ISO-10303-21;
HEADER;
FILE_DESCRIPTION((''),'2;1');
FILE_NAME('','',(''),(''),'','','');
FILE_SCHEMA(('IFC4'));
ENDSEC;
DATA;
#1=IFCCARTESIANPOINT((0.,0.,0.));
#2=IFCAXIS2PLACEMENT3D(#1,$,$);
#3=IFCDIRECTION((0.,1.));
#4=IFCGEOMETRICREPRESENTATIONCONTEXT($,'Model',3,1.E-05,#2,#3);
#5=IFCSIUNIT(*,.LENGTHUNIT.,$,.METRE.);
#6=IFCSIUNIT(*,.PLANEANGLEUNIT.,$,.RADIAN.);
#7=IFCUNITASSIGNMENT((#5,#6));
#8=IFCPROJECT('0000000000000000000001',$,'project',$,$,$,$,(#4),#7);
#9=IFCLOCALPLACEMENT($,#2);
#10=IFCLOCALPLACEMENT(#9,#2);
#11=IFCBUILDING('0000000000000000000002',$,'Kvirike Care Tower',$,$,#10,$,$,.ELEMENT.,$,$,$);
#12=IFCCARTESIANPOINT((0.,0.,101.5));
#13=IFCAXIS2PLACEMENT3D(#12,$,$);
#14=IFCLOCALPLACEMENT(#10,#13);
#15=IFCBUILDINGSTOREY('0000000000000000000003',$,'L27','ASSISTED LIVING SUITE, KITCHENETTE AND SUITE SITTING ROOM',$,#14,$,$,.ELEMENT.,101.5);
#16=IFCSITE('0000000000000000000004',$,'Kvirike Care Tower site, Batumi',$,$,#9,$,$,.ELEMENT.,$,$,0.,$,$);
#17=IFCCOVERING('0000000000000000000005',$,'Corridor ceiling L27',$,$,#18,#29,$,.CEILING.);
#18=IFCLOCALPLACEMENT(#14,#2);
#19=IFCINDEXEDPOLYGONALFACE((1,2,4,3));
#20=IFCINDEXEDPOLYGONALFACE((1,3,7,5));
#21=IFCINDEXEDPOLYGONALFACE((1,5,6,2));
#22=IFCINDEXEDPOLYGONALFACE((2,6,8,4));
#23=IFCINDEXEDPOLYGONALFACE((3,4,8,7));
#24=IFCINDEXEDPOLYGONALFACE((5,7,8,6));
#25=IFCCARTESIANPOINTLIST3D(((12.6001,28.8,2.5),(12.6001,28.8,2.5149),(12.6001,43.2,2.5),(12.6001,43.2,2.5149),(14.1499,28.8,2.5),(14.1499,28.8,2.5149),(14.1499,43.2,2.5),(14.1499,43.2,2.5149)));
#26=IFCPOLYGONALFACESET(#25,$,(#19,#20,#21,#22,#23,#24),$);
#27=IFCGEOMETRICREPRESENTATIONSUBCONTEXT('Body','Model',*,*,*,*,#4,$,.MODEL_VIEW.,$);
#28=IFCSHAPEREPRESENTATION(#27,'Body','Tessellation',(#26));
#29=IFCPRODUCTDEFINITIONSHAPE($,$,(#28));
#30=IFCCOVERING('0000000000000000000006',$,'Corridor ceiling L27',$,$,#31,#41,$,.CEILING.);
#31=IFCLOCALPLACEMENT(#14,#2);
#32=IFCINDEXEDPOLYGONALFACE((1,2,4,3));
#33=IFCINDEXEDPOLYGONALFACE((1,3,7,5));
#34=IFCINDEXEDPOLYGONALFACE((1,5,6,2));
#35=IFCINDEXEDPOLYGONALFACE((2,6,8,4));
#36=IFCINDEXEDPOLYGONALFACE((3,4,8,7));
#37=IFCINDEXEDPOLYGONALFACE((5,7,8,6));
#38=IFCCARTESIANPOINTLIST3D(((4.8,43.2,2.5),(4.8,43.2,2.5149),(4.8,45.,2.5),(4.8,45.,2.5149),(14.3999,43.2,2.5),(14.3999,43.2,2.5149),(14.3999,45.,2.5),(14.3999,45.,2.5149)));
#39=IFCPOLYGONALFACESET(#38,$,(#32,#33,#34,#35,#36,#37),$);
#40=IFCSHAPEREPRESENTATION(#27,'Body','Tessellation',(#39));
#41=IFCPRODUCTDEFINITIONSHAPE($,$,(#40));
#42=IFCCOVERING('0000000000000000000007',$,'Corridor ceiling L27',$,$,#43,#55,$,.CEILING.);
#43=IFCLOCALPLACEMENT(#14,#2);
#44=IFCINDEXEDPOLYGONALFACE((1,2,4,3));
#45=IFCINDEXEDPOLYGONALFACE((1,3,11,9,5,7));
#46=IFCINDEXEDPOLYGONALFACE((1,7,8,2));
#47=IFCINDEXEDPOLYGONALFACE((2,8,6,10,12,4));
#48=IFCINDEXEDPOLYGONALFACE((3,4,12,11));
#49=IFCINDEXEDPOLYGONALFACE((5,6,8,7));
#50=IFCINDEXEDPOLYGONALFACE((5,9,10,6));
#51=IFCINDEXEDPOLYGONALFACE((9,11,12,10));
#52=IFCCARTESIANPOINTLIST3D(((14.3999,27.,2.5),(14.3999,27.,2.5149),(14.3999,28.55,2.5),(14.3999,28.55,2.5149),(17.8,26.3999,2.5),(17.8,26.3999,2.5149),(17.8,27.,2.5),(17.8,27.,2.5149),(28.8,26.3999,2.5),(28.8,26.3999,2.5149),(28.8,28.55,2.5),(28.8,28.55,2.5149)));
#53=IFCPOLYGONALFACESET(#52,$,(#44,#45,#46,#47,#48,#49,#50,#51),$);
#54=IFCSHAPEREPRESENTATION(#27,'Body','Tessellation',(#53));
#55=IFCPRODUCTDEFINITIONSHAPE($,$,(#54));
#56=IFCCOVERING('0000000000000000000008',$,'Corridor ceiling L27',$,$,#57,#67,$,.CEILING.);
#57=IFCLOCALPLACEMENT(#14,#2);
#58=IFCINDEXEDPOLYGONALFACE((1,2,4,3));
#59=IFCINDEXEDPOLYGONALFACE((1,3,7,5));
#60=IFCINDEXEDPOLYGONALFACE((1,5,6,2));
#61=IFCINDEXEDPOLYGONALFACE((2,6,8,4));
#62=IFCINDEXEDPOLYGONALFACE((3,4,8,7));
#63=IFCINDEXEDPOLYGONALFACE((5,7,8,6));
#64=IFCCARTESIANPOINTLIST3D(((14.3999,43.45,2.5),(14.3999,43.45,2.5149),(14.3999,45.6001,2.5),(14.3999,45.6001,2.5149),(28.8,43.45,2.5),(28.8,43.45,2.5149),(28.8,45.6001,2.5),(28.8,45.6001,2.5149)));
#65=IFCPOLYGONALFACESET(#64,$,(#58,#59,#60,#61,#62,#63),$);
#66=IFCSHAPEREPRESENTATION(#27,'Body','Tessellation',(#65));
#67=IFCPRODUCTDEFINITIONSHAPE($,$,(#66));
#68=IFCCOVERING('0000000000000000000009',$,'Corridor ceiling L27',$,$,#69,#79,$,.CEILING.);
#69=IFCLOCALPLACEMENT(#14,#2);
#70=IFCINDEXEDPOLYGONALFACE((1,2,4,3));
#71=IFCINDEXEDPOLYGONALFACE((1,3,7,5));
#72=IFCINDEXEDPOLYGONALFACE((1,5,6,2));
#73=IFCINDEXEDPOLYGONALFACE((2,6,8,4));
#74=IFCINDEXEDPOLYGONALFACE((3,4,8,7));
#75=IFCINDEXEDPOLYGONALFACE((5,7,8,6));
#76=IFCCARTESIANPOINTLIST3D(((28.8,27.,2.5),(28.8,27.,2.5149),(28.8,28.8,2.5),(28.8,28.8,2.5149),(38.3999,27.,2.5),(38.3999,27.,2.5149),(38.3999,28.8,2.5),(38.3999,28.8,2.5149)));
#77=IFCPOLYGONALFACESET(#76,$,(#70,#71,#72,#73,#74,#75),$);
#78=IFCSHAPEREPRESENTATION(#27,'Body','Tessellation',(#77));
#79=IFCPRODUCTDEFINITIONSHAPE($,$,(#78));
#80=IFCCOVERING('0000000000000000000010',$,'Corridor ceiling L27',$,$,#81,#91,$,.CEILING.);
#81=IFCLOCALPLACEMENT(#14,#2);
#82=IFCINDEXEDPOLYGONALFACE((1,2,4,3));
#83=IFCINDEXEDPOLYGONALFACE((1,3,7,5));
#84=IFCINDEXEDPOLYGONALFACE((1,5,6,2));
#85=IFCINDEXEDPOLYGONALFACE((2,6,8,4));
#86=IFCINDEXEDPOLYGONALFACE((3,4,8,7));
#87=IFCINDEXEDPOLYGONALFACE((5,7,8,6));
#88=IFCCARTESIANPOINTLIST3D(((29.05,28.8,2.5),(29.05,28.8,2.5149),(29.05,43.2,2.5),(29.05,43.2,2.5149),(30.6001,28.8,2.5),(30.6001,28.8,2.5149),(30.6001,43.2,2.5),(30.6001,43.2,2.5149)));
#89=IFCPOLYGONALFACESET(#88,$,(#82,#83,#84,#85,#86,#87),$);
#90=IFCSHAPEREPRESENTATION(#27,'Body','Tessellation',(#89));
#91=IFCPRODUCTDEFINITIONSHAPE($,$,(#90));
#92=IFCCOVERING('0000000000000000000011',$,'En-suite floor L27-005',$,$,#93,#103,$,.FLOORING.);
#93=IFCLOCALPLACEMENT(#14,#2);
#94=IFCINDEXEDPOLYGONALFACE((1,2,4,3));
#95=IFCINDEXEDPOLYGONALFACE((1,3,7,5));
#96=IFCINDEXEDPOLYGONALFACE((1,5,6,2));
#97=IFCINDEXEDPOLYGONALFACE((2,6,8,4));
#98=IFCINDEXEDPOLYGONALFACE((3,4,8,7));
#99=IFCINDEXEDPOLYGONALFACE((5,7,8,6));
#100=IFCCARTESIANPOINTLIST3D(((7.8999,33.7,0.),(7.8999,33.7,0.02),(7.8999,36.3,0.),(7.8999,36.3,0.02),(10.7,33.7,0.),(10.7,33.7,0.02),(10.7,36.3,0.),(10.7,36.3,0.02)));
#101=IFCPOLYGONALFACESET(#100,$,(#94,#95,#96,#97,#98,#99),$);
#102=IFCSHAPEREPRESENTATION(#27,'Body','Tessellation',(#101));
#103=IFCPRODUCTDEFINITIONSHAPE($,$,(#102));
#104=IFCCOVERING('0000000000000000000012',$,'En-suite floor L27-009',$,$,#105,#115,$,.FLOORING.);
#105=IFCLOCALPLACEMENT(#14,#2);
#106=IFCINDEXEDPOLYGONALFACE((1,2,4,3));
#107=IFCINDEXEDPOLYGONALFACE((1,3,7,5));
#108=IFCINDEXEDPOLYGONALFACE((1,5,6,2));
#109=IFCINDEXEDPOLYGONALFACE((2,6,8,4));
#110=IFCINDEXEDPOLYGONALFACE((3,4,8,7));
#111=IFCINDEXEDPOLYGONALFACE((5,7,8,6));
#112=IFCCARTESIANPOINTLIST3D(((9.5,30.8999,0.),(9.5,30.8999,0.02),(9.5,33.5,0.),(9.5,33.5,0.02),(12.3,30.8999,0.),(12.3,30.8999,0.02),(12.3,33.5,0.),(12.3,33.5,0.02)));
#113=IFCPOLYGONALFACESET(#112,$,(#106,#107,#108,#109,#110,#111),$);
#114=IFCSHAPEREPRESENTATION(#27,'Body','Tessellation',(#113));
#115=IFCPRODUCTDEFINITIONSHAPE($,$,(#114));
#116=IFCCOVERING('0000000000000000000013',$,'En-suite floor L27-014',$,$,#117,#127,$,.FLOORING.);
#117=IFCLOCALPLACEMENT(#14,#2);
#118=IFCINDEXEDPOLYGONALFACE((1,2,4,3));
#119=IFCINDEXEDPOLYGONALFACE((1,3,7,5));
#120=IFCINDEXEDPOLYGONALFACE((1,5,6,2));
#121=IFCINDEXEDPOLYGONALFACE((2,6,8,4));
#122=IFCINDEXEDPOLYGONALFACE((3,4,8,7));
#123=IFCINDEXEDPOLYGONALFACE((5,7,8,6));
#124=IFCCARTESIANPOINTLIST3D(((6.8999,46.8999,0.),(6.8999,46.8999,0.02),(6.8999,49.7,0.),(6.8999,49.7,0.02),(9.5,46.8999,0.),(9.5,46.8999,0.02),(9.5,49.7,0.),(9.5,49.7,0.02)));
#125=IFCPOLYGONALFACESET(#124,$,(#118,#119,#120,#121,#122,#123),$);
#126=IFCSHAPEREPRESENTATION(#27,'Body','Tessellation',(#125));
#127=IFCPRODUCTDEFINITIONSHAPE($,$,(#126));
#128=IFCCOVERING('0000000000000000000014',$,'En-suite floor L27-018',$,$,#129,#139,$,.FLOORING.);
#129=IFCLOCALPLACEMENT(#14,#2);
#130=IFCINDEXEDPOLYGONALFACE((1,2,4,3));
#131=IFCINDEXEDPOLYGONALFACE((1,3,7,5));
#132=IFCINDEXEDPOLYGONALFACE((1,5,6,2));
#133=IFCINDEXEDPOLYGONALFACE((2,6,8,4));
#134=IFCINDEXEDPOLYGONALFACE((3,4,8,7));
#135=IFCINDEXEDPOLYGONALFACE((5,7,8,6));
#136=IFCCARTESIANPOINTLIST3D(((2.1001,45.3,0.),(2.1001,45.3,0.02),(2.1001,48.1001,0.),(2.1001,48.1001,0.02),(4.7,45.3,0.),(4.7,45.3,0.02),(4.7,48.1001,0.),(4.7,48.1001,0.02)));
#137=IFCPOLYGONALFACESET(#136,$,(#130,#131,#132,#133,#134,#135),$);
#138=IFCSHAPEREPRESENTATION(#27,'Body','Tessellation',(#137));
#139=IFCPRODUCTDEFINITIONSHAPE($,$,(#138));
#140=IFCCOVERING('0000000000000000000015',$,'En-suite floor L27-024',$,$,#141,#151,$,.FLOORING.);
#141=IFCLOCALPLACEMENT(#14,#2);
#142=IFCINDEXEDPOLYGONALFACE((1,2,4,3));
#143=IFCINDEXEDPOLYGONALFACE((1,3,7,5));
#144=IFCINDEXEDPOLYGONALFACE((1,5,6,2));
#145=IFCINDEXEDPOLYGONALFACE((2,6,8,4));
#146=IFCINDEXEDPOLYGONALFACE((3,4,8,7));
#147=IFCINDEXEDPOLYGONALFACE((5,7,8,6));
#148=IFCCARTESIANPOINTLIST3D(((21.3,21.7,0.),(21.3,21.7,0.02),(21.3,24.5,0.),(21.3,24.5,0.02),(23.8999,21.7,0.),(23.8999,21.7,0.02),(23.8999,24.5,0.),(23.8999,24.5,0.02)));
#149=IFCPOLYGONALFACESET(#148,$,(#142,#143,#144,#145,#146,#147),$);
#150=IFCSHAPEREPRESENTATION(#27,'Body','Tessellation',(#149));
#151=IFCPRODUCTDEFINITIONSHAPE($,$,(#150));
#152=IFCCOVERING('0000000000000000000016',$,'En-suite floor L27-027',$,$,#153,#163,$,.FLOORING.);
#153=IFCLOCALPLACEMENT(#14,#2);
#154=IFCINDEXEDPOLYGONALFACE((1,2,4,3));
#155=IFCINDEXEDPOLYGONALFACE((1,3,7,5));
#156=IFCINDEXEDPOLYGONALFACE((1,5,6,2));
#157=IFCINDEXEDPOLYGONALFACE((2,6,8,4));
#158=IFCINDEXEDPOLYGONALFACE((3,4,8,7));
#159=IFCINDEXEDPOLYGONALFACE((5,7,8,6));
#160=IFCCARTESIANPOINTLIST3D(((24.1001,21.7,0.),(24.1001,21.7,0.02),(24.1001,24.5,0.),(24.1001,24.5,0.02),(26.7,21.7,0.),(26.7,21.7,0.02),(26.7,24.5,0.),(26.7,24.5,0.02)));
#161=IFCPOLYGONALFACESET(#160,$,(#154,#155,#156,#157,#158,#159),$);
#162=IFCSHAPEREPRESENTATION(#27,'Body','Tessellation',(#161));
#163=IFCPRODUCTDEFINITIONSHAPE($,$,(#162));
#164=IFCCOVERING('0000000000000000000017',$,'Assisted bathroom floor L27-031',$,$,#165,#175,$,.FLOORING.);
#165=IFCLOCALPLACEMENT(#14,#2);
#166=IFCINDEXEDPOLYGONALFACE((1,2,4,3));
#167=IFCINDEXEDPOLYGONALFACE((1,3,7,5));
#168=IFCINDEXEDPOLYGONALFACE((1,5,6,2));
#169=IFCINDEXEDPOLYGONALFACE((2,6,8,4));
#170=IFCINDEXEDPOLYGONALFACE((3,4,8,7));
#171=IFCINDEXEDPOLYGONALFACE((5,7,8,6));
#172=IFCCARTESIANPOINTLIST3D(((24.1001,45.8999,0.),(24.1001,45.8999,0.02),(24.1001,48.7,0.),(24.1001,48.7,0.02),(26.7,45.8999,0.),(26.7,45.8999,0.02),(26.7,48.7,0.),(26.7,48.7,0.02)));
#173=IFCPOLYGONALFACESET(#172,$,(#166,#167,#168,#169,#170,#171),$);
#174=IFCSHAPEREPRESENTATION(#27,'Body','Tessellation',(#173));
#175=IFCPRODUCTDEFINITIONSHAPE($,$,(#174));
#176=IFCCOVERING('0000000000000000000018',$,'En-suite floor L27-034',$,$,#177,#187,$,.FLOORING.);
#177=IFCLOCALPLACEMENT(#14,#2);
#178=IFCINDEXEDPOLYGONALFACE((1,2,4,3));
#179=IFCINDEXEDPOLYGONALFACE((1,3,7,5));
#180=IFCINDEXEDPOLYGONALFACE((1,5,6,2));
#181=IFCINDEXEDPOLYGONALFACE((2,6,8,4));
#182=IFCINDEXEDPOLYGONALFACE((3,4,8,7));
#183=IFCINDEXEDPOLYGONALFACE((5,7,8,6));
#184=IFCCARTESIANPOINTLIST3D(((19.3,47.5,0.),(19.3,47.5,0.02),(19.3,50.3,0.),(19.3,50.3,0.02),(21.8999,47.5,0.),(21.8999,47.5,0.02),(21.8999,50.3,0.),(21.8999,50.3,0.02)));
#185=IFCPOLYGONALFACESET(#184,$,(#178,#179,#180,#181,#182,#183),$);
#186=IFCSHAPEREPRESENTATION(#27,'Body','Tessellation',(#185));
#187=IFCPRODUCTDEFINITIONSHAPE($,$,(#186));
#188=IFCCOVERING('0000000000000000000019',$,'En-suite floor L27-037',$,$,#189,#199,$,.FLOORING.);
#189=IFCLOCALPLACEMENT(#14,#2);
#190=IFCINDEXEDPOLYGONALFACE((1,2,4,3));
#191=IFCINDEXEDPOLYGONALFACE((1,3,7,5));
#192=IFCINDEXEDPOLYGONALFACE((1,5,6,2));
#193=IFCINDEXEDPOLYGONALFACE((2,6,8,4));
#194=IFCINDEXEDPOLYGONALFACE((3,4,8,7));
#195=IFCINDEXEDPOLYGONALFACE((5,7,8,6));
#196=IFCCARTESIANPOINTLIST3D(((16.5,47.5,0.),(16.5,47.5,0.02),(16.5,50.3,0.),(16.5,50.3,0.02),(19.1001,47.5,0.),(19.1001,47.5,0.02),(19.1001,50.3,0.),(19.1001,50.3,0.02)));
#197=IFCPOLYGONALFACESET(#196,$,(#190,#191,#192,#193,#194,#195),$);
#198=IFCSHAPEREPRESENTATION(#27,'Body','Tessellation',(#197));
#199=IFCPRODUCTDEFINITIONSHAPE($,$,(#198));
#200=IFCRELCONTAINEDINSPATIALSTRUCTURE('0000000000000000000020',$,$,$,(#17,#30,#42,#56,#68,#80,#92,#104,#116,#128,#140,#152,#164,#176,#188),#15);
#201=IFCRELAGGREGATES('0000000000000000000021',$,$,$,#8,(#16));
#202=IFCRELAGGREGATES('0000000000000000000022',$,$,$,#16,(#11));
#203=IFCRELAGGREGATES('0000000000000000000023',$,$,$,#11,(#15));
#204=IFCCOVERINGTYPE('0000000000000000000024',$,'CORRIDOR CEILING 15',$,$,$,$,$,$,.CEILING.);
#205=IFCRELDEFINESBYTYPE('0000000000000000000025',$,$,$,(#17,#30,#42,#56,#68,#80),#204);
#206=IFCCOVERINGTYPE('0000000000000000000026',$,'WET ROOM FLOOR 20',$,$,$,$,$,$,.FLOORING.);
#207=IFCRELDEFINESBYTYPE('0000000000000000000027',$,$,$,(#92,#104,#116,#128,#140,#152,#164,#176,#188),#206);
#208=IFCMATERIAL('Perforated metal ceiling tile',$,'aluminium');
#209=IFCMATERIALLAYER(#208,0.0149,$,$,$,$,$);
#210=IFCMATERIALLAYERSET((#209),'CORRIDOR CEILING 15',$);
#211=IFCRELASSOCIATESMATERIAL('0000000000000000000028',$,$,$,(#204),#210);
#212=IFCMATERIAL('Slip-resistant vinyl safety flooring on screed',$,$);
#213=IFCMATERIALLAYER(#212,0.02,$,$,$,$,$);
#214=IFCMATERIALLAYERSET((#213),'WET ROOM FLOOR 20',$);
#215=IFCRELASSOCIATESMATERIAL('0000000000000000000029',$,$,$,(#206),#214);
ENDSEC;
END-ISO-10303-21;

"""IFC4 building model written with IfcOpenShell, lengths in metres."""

from ifc_helpers import new_model, si_unit, direction, frame, origin, place, context, subcontext, project, spatial, polyline, outline, extrude, material, layer, layer_set, type_object, element, save


model = new_model("IFC4")

# Units and contexts
model_context = context("Model", 3, precision=1e-05, world=origin(), true_north=direction((0.0, 1.0)))
body_context = subcontext(model_context, "Body", "Model", "MODEL_VIEW")
ifc_project = project(units=[si_unit("LENGTHUNIT", "METRE"), si_unit("PLANEANGLEUNIT", "RADIAN")], contexts=[model_context])

# Site, building, storey
site_placement = place(None, origin())
site = spatial("IfcSite", under=ifc_project, at=site_placement, Name="Kvirike Care Tower site, Batumi", CompositionType="ELEMENT", RefElevation=0.0)
building_placement = place(site_placement, origin())
building = spatial("IfcBuilding", under=site, at=building_placement, Name="Kvirike Care Tower", CompositionType="ELEMENT")
storey_placement = place(building_placement, frame((0.0, 0.0, 101.5)))
storey = spatial("IfcBuildingStorey", under=building, at=storey_placement, Name="L27", Description="ASSISTED LIVING SUITE, KITCHENETTE AND SUITE SITTING ROOM", CompositionType="ELEMENT", Elevation=101.5)

# Coverings
ifc_material_1 = material(Name="Perforated metal ceiling tile", Category="aluminium")
ifc_layer_1 = layer(ifc_material_1, 0.0149)
ifc_layer_set_1 = layer_set([ifc_layer_1], Name="CORRIDOR CEILING 15")
covering_type_1 = type_object("IfcCoveringType", Name="CORRIDOR CEILING 15", PredefinedType="CEILING", material=ifc_layer_set_1)
covering_1_placement = place(storey_placement, frame((0.0, 0.0, 2.5)))
element("IfcCovering", 1, at=covering_1_placement, inside=storey, type_object=covering_type_1, Name="Corridor ceiling L27", PredefinedType="CEILING", context=body_context, shape_type="SweptSolid", body=[
    extrude(outline(polyline([(12.6001, 43.2), (14.1499, 43.2), (14.1499, 28.8), (12.6001, 28.8), (12.6001, 43.2)])), origin(), (0.0, 0.0, 1.0), 0.0149),
])
covering_2_placement = place(storey_placement, frame((0.0, 0.0, 2.5)))
element("IfcCovering", 2, at=covering_2_placement, inside=storey, type_object=covering_type_1, Name="Corridor ceiling L27", PredefinedType="CEILING", context=body_context, shape_type="SweptSolid", body=[
    extrude(outline(polyline([(14.3999, 45.0), (14.3999, 43.2), (4.8, 43.2), (4.8, 45.0), (14.3999, 45.0)])), origin(), (0.0, 0.0, 1.0), 0.0149),
])
covering_3_placement = place(storey_placement, frame((0.0, 0.0, 2.5)))
element("IfcCovering", 3, at=covering_3_placement, inside=storey, type_object=covering_type_1, Name="Corridor ceiling L27", PredefinedType="CEILING", context=body_context, shape_type="SweptSolid", body=[
    extrude(outline(polyline([(14.3999, 28.55), (28.8, 28.55), (28.8, 26.3999), (17.8, 26.3999), (17.8, 27.0), (14.3999, 27.0), (14.3999, 28.55)])), origin(), (0.0, 0.0, 1.0), 0.0149),
])
covering_4_placement = place(storey_placement, frame((0.0, 0.0, 2.5)))
element("IfcCovering", 4, at=covering_4_placement, inside=storey, type_object=covering_type_1, Name="Corridor ceiling L27", PredefinedType="CEILING", context=body_context, shape_type="SweptSolid", body=[
    extrude(outline(polyline([(28.8, 45.6001), (28.8, 43.45), (14.3999, 43.45), (14.3999, 45.6001), (28.8, 45.6001)])), origin(), (0.0, 0.0, 1.0), 0.0149),
])
covering_5_placement = place(storey_placement, frame((0.0, 0.0, 2.5)))
element("IfcCovering", 5, at=covering_5_placement, inside=storey, type_object=covering_type_1, Name="Corridor ceiling L27", PredefinedType="CEILING", context=body_context, shape_type="SweptSolid", body=[
    extrude(outline(polyline([(28.8, 27.0), (28.8, 28.8), (38.3999, 28.8), (38.3999, 27.0), (28.8, 27.0)])), origin(), (0.0, 0.0, 1.0), 0.0149),
])
covering_6_placement = place(storey_placement, frame((0.0, 0.0, 2.5)))
element("IfcCovering", 6, at=covering_6_placement, inside=storey, type_object=covering_type_1, Name="Corridor ceiling L27", PredefinedType="CEILING", context=body_context, shape_type="SweptSolid", body=[
    extrude(outline(polyline([(30.6001, 28.8), (29.05, 28.8), (29.05, 43.2), (30.6001, 43.2), (30.6001, 28.8)])), origin(), (0.0, 0.0, 1.0), 0.0149),
])
ifc_material_2 = material(Name="Slip-resistant vinyl safety flooring on screed")
ifc_layer_2 = layer(ifc_material_2, 0.02)
ifc_layer_set_2 = layer_set([ifc_layer_2], Name="WET ROOM FLOOR 20")
covering_type_2 = type_object("IfcCoveringType", Name="WET ROOM FLOOR 20", PredefinedType="FLOORING", material=ifc_layer_set_2)
covering_7_placement = place(storey_placement, origin())
element("IfcCovering", 7, at=covering_7_placement, inside=storey, type_object=covering_type_2, Name="En-suite floor L27-005", PredefinedType="FLOORING", context=body_context, shape_type="SweptSolid", body=[
    extrude(outline(polyline([(7.8999, 36.3), (10.7, 36.3), (10.7, 33.7), (7.8999, 33.7), (7.8999, 36.3)])), origin(), (0.0, 0.0, 1.0), 0.02),
])
covering_8_placement = place(storey_placement, origin())
element("IfcCovering", 8, at=covering_8_placement, inside=storey, type_object=covering_type_2, Name="En-suite floor L27-009", PredefinedType="FLOORING", context=body_context, shape_type="SweptSolid", body=[
    extrude(outline(polyline([(9.5, 33.5), (12.3, 33.5), (12.3, 30.8999), (9.5, 30.8999), (9.5, 33.5)])), origin(), (0.0, 0.0, 1.0), 0.02),
])
covering_9_placement = place(storey_placement, origin())
element("IfcCovering", 9, at=covering_9_placement, inside=storey, type_object=covering_type_2, Name="En-suite floor L27-014", PredefinedType="FLOORING", context=body_context, shape_type="SweptSolid", body=[
    extrude(outline(polyline([(9.5, 49.7), (9.5, 46.8999), (6.8999, 46.8999), (6.8999, 49.7), (9.5, 49.7)])), origin(), (0.0, 0.0, 1.0), 0.02),
])
covering_10_placement = place(storey_placement, origin())
element("IfcCovering", 10, at=covering_10_placement, inside=storey, type_object=covering_type_2, Name="En-suite floor L27-018", PredefinedType="FLOORING", context=body_context, shape_type="SweptSolid", body=[
    extrude(outline(polyline([(4.7, 48.1001), (4.7, 45.3), (2.1001, 45.3), (2.1001, 48.1001), (4.7, 48.1001)])), origin(), (0.0, 0.0, 1.0), 0.02),
])
covering_11_placement = place(storey_placement, origin())
element("IfcCovering", 11, at=covering_11_placement, inside=storey, type_object=covering_type_2, Name="En-suite floor L27-024", PredefinedType="FLOORING", context=body_context, shape_type="SweptSolid", body=[
    extrude(outline(polyline([(21.3, 21.7), (21.3, 24.5), (23.8999, 24.5), (23.8999, 21.7), (21.3, 21.7)])), origin(), (0.0, 0.0, 1.0), 0.02),
])
covering_12_placement = place(storey_placement, origin())
element("IfcCovering", 12, at=covering_12_placement, inside=storey, type_object=covering_type_2, Name="En-suite floor L27-027", PredefinedType="FLOORING", context=body_context, shape_type="SweptSolid", body=[
    extrude(outline(polyline([(24.1001, 21.7), (24.1001, 24.5), (26.7, 24.5), (26.7, 21.7), (24.1001, 21.7)])), origin(), (0.0, 0.0, 1.0), 0.02),
])
covering_13_placement = place(storey_placement, origin())
element("IfcCovering", 13, at=covering_13_placement, inside=storey, type_object=covering_type_2, Name="Assisted bathroom floor L27-031", PredefinedType="FLOORING", context=body_context, shape_type="SweptSolid", body=[
    extrude(outline(polyline([(26.7, 48.7), (26.7, 45.8999), (24.1001, 45.8999), (24.1001, 48.7), (26.7, 48.7)])), origin(), (0.0, 0.0, 1.0), 0.02),
])
covering_14_placement = place(storey_placement, origin())
element("IfcCovering", 14, at=covering_14_placement, inside=storey, type_object=covering_type_2, Name="En-suite floor L27-034", PredefinedType="FLOORING", context=body_context, shape_type="SweptSolid", body=[
    extrude(outline(polyline([(21.8999, 50.3), (21.8999, 47.5), (19.3, 47.5), (19.3, 50.3), (21.8999, 50.3)])), origin(), (0.0, 0.0, 1.0), 0.02),
])
covering_15_placement = place(storey_placement, origin())
element("IfcCovering", 15, at=covering_15_placement, inside=storey, type_object=covering_type_2, Name="En-suite floor L27-037", PredefinedType="FLOORING", context=body_context, shape_type="SweptSolid", body=[
    extrude(outline(polyline([(19.1001, 50.3), (19.1001, 47.5), (16.5, 47.5), (16.5, 50.3), (19.1001, 50.3)])), origin(), (0.0, 0.0, 1.0), 0.02),
])

save(model, "model.ifc")
